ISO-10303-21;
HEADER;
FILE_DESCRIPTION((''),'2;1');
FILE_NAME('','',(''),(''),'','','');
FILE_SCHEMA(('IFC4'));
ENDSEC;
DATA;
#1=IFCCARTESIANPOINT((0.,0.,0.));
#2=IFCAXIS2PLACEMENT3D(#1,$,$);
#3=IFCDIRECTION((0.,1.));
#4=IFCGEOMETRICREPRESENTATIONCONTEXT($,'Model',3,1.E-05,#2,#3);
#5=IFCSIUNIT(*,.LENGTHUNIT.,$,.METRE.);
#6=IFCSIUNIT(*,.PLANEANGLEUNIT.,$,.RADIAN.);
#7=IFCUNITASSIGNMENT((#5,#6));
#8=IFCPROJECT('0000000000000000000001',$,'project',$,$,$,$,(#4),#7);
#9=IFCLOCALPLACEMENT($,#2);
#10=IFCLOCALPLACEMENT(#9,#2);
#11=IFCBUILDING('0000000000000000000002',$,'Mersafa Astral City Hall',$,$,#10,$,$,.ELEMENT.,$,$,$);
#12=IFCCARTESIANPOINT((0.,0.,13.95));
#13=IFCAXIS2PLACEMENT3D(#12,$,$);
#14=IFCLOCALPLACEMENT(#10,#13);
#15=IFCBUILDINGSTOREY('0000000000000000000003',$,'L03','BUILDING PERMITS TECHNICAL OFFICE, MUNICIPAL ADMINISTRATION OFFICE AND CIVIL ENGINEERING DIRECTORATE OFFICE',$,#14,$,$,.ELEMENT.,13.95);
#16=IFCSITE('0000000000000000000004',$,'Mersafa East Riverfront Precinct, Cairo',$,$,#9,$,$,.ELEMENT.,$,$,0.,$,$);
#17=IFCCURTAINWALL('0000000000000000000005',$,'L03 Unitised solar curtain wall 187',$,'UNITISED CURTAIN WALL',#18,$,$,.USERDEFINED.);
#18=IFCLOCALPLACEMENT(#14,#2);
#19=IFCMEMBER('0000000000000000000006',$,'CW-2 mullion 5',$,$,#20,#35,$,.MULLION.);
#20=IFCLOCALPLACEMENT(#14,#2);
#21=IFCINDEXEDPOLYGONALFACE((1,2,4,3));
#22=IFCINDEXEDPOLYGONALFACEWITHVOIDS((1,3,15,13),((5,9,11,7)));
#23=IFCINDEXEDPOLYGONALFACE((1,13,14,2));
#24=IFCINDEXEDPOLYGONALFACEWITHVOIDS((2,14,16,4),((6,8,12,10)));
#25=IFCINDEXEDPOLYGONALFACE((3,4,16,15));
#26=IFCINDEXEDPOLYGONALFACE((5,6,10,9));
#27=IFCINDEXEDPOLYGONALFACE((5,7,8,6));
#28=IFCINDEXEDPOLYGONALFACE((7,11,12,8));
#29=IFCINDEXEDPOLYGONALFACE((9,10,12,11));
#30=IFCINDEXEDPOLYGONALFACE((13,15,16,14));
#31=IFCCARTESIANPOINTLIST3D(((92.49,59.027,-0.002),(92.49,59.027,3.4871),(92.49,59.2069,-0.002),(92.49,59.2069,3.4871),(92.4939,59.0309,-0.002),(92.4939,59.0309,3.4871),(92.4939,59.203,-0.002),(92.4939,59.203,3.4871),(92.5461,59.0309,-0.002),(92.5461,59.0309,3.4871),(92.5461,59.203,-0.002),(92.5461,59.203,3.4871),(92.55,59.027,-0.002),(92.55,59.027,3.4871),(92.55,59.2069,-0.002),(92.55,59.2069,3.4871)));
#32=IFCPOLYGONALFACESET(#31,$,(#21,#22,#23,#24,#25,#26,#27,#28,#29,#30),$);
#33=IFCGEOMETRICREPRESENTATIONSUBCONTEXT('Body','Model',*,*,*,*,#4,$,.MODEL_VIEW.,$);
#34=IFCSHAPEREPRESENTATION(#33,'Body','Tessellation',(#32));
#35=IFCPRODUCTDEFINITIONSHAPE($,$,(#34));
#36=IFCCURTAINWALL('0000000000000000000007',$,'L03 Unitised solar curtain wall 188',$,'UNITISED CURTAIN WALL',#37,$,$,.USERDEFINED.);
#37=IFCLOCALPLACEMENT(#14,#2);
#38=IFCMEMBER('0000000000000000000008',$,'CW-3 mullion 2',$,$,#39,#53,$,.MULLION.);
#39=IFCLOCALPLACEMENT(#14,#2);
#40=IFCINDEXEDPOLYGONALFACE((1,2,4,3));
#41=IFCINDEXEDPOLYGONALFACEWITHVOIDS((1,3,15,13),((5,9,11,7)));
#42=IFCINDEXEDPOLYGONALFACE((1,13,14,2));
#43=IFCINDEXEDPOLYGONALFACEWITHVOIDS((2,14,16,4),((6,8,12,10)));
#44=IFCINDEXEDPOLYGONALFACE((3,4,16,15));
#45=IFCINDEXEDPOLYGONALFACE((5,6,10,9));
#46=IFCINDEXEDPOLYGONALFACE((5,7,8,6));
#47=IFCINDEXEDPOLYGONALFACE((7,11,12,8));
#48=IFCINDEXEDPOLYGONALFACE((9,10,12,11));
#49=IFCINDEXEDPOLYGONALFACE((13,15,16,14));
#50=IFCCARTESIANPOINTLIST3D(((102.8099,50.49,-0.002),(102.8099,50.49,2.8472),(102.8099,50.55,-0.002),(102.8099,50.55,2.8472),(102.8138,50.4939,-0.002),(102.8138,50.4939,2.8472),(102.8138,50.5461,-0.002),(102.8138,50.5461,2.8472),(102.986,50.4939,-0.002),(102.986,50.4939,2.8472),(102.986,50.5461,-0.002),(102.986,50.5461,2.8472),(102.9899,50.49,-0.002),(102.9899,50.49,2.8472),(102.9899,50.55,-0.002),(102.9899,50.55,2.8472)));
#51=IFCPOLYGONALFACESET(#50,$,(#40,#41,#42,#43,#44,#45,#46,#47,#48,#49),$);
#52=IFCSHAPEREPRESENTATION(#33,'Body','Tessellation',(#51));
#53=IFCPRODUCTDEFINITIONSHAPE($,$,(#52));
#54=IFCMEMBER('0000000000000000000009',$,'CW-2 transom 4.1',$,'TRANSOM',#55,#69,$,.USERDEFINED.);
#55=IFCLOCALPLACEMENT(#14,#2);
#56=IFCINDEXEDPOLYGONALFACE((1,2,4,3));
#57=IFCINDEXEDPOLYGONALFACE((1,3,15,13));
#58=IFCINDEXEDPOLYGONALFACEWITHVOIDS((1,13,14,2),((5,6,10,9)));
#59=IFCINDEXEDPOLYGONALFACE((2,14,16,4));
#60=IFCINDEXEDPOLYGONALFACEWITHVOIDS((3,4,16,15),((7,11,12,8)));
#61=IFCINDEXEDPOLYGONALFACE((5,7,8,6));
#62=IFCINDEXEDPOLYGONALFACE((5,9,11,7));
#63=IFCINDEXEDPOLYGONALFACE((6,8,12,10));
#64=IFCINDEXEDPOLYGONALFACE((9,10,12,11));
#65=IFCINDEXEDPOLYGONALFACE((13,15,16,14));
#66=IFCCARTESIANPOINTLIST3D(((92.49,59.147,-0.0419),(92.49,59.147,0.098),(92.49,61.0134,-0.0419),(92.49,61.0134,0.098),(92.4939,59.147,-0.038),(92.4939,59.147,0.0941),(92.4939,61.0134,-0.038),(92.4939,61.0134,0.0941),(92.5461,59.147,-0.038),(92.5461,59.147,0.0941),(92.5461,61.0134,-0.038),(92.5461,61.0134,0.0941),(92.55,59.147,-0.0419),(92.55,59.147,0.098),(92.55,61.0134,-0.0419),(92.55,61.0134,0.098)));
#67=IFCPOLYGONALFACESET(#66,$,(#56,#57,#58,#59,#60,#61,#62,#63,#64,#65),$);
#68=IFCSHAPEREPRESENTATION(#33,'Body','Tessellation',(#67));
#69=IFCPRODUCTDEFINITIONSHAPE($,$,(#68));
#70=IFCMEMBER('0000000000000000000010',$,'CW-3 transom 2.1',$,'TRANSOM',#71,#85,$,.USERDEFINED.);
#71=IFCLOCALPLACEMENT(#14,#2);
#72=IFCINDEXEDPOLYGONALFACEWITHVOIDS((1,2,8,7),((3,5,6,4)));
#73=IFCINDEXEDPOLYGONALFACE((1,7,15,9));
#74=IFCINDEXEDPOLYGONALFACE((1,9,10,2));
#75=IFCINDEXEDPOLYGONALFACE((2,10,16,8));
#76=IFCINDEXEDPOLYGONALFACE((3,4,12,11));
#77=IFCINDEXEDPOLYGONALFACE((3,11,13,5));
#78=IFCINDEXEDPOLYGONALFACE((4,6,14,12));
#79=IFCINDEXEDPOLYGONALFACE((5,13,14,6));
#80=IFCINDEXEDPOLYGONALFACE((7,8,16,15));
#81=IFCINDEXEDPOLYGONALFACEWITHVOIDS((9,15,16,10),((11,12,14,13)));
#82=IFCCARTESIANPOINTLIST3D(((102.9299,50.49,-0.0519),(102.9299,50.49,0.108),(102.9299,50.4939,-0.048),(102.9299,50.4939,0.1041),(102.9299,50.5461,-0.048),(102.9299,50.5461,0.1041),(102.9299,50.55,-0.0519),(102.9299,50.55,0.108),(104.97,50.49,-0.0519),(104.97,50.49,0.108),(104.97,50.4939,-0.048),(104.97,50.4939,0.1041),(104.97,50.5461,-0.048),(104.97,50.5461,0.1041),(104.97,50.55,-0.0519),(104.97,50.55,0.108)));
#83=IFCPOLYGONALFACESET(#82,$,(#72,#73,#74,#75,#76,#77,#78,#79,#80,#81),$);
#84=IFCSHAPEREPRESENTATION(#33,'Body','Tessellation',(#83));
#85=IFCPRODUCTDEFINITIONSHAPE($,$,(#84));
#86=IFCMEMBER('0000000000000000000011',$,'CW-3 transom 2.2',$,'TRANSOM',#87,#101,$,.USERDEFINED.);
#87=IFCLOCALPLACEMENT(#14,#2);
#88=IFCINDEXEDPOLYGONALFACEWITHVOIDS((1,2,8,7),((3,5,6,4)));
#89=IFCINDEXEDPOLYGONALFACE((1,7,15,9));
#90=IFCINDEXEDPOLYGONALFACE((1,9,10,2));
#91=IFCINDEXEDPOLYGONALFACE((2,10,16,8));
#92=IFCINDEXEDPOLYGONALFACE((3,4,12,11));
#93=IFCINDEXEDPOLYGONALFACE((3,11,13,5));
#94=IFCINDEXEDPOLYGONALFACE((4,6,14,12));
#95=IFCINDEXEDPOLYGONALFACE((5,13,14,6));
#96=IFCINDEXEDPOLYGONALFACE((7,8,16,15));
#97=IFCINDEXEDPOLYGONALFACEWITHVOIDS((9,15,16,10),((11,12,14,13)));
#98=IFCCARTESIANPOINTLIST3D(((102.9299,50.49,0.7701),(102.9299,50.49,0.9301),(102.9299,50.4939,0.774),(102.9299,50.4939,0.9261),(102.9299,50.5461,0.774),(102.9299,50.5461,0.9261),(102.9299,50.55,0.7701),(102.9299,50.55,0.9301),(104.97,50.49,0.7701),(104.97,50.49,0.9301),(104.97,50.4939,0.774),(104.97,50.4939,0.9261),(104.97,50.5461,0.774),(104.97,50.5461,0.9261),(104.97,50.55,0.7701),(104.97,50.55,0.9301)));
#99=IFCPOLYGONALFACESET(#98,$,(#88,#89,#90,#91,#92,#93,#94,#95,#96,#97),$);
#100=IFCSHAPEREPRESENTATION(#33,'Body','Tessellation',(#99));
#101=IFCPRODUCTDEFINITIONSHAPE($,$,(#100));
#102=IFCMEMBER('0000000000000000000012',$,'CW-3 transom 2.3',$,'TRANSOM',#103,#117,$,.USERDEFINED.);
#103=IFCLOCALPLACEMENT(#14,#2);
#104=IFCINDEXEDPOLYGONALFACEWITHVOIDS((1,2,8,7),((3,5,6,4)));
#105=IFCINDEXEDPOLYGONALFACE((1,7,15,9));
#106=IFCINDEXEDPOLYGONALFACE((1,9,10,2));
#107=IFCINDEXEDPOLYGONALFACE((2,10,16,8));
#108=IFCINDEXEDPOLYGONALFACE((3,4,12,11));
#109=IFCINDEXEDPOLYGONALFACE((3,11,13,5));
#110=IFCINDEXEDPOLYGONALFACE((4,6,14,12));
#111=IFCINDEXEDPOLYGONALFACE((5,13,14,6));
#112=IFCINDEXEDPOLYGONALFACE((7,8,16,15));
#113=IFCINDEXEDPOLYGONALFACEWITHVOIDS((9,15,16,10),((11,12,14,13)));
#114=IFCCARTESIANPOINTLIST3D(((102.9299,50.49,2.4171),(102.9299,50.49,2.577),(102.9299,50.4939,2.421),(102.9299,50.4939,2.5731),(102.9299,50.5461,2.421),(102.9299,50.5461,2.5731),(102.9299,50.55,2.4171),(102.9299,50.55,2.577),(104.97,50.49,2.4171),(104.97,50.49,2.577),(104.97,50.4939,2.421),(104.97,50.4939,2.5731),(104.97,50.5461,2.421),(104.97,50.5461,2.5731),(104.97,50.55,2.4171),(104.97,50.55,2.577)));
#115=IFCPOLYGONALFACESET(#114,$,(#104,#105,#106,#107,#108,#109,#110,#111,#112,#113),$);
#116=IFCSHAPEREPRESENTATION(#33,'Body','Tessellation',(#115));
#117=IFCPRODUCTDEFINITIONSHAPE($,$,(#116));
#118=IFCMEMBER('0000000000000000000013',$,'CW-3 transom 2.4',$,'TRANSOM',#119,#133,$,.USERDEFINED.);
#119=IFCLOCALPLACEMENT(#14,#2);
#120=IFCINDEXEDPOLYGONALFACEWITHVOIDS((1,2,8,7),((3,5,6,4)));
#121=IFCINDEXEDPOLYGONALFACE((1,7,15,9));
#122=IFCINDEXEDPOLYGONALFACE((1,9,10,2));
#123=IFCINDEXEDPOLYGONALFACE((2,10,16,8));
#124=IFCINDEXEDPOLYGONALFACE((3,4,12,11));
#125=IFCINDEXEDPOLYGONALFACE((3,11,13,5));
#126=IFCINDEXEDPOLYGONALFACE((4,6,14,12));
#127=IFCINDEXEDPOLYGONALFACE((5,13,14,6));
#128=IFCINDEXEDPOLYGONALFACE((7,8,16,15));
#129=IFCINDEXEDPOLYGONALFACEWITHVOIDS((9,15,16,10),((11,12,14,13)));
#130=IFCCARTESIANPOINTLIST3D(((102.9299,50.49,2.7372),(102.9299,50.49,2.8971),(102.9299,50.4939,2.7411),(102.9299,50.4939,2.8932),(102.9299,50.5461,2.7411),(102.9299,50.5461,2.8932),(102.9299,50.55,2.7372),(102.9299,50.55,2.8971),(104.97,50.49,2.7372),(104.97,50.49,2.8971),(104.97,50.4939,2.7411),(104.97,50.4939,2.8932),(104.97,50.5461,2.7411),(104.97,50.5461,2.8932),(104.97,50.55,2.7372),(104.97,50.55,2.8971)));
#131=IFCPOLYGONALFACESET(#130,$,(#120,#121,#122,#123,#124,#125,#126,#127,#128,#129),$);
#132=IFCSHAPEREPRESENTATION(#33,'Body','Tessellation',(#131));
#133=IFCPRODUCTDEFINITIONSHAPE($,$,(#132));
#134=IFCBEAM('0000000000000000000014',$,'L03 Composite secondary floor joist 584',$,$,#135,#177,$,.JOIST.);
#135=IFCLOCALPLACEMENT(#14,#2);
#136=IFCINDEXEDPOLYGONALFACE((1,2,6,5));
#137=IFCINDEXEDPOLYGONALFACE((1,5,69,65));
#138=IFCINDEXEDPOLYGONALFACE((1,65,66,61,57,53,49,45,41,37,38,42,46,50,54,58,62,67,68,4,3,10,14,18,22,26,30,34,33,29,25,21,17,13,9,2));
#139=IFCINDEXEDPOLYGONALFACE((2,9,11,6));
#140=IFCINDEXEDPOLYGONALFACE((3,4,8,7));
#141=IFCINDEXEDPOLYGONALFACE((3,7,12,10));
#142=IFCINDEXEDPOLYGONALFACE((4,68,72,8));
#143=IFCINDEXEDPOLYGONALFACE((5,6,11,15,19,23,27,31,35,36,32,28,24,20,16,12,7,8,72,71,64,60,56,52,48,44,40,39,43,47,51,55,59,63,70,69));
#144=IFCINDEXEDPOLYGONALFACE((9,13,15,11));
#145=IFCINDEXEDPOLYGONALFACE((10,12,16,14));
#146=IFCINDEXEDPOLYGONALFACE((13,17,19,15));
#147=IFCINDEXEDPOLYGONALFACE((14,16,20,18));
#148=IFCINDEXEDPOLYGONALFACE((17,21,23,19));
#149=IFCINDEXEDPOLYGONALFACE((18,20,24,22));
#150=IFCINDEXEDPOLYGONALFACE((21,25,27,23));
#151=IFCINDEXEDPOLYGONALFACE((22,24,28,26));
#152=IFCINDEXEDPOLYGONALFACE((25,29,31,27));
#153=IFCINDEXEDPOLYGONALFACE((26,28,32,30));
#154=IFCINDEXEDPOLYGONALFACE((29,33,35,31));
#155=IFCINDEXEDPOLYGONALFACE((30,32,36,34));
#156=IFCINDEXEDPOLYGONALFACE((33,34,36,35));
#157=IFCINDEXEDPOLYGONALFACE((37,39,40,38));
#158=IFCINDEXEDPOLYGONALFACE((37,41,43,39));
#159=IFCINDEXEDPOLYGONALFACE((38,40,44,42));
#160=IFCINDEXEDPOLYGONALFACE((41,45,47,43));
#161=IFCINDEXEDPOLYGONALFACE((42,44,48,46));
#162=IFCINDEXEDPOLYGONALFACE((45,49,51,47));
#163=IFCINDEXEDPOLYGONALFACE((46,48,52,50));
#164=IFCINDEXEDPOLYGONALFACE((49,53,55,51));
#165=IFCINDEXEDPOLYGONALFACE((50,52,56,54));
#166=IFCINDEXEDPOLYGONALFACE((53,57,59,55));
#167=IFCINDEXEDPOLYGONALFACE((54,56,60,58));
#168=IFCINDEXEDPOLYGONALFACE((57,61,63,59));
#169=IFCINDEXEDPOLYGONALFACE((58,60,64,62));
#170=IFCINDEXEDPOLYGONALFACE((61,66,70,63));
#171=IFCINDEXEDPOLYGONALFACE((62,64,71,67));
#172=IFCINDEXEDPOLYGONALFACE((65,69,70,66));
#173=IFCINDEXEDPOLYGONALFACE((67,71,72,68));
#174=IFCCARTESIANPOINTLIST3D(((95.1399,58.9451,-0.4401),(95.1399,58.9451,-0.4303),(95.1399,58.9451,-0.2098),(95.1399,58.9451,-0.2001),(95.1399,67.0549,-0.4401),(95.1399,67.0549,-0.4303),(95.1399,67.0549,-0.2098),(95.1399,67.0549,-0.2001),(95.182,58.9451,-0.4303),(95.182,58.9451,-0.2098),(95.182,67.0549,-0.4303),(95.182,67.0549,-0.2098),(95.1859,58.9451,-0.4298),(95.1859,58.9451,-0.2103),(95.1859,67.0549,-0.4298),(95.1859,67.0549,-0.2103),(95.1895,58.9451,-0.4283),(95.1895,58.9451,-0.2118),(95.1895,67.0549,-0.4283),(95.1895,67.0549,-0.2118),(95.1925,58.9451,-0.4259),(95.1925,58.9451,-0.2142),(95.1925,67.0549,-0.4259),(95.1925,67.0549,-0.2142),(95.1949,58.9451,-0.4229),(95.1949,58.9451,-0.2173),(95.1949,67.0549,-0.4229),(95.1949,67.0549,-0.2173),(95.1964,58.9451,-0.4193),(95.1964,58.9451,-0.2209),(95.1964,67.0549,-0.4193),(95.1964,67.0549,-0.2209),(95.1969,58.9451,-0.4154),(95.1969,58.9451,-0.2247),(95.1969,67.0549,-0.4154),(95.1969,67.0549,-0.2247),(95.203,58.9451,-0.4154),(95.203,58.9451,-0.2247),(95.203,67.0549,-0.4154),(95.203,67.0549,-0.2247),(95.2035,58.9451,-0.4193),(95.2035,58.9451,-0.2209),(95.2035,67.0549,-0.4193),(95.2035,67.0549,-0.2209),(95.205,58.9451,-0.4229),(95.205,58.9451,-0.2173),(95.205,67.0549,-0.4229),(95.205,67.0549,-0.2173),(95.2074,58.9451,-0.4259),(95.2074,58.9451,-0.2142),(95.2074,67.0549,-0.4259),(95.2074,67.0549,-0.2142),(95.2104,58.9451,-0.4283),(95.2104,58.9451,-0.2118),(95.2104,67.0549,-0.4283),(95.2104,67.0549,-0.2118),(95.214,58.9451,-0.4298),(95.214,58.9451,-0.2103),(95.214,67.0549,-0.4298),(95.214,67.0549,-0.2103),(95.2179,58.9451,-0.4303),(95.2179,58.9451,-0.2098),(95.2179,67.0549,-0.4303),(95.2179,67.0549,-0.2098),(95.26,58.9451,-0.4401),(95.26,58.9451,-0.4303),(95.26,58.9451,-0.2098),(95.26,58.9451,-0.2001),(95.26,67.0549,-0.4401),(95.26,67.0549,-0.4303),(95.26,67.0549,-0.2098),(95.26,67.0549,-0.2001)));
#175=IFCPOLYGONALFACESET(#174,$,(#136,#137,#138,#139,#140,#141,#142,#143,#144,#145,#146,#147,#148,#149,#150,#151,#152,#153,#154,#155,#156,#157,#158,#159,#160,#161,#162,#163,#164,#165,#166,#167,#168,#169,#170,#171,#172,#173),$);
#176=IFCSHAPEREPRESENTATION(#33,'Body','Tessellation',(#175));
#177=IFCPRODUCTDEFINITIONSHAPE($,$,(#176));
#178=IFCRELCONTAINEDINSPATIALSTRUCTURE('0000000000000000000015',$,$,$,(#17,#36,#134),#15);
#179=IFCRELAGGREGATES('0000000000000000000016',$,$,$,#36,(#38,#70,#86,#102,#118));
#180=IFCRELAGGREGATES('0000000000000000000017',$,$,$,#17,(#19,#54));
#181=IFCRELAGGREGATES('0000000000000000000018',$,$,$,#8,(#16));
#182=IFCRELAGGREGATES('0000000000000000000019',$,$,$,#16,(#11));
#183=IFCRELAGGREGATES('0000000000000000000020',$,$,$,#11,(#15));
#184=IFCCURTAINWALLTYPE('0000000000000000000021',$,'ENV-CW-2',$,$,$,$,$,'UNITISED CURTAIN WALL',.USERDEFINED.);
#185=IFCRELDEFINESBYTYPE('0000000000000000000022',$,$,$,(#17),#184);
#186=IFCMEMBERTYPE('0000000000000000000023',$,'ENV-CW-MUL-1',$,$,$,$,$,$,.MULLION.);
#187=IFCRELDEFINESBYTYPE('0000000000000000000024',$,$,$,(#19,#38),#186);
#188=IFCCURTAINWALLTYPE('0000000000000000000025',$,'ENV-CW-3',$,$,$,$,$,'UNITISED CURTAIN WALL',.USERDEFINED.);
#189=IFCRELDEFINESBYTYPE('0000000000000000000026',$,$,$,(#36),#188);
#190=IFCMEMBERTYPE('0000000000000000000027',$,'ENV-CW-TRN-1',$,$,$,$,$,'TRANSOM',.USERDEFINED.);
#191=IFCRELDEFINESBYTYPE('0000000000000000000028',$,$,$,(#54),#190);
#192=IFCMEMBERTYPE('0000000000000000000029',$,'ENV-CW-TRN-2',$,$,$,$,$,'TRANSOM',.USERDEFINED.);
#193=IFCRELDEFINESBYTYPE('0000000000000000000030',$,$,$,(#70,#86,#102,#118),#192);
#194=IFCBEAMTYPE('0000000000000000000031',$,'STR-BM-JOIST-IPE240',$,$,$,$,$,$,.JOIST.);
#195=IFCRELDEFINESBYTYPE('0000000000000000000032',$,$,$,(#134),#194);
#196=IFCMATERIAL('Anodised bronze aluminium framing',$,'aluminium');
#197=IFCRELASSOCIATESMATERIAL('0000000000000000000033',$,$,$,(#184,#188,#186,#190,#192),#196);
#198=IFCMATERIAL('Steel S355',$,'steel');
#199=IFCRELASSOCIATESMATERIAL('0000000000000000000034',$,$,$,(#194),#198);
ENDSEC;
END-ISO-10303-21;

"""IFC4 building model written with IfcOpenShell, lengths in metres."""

from ifc_helpers import new_model, si_unit, direction, frame, origin, origin_2d, place, context, subcontext, project, spatial, hollow_rectangle, i_section, extrude, material, material_profile, profile_set, type_object, element, aggregate, save


model = new_model("IFC4")

# Units and contexts
model_context = context("Model", 3, precision=1e-05, world=origin(), true_north=direction((0.0, 1.0)))
body_context = subcontext(model_context, "Body", "Model", "MODEL_VIEW")
ifc_project = project(units=[si_unit("LENGTHUNIT", "METRE"), si_unit("PLANEANGLEUNIT", "RADIAN")], contexts=[model_context])

# Site, building, storey
site_placement = place(None, origin())
site = spatial("IfcSite", under=ifc_project, at=site_placement, Name="Mersafa East Riverfront Precinct, Cairo", CompositionType="ELEMENT", RefElevation=0.0)
building_placement = place(site_placement, origin())
building = spatial("IfcBuilding", under=site, at=building_placement, Name="Mersafa Astral City Hall", CompositionType="ELEMENT")
storey_placement = place(building_placement, frame((0.0, 0.0, 13.95)))
storey = spatial("IfcBuildingStorey", under=building, at=storey_placement, Name="L03", Description="BUILDING PERMITS TECHNICAL OFFICE, MUNICIPAL ADMINISTRATION OFFICE AND CIVIL ENGINEERING DIRECTORATE OFFICE", CompositionType="ELEMENT", Elevation=13.95)

# Curtain walls, members
ifc_material_1 = material(Name="Anodised bronze aluminium framing", Category="aluminium")
curtain_wall_type_1 = type_object("IfcCurtainWallType", Name="ENV-CW-2", ElementType="UNITISED CURTAIN WALL", PredefinedType="USERDEFINED", material=ifc_material_1)
curtain_wall_1_placement = place(storey_placement, origin())
curtain_wall_1 = element("IfcCurtainWall", 1, at=curtain_wall_1_placement, inside=storey, type_object=curtain_wall_type_1, Name="L03 Unitised solar curtain wall 187", ObjectType="UNITISED CURTAIN WALL", PredefinedType="USERDEFINED")
ifc_material_profile_1 = material_profile(ifc_material_1, hollow_rectangle(XDim=0.0601, YDim=0.1799, WallThickness=0.0039, at=origin_2d()), Name="RHS 60x180x4")
ifc_profile_set_1 = profile_set([ifc_material_profile_1], Name="Anodised bronze aluminium framing")
member_type_1 = type_object("IfcMemberType", Name="ENV-CW-MUL-1", PredefinedType="MULLION", material=ifc_profile_set_1)
member_1_placement = place(storey_placement, frame((92.52, 59.1169, -0.002), z_axis=(0.0, 0.0, 1.0), x_axis=(1.0, 0.0, 0.0)))
member_1 = element("IfcMember", 2, at=member_1_placement, type_object=member_type_1, Name="CW-2 mullion 5", PredefinedType="MULLION", context=body_context, shape_type="SweptSolid", body=[
    extrude(hollow_rectangle(XDim=0.0601, YDim=0.1799, WallThickness=0.0039, at=origin_2d()), origin(), (0.0, 0.0, 1.0), 3.489),
])
curtain_wall_type_2 = type_object("IfcCurtainWallType", Name="ENV-CW-3", ElementType="UNITISED CURTAIN WALL", PredefinedType="USERDEFINED", material=ifc_material_1)
curtain_wall_2_placement = place(storey_placement, origin())
curtain_wall_2 = element("IfcCurtainWall", 3, at=curtain_wall_2_placement, inside=storey, type_object=curtain_wall_type_2, Name="L03 Unitised solar curtain wall 188", ObjectType="UNITISED CURTAIN WALL", PredefinedType="USERDEFINED")
member_2_placement = place(storey_placement, frame((102.8999, 50.52, -0.002), z_axis=(0.0, 0.0, 1.0), x_axis=(0.0, 1.0, 0.0)))
member_2 = element("IfcMember", 4, at=member_2_placement, type_object=member_type_1, Name="CW-3 mullion 2", PredefinedType="MULLION", context=body_context, shape_type="SweptSolid", body=[
    extrude(hollow_rectangle(XDim=0.0601, YDim=0.1799, WallThickness=0.0039, at=origin_2d()), origin(), (0.0, 0.0, 1.0), 2.8491),
])

# Members
ifc_material_profile_2 = material_profile(ifc_material_1, hollow_rectangle(XDim=0.0601, YDim=0.1399, WallThickness=0.0039, at=origin_2d()), Name="RHS 60x140x4")
ifc_profile_set_2 = profile_set([ifc_material_profile_2], Name="Anodised bronze aluminium framing")
member_type_2 = type_object("IfcMemberType", Name="ENV-CW-TRN-1", ElementType="TRANSOM", PredefinedType="USERDEFINED", material=ifc_profile_set_2)
member_3_placement = place(storey_placement, frame((92.52, 61.0134, 0.0281), z_axis=(0.0, -1.0, 0.0), x_axis=(1.0, 0.0, 0.0)))
member_3 = element("IfcMember", 5, at=member_3_placement, type_object=member_type_2, Name="CW-2 transom 4.1", ObjectType="TRANSOM", PredefinedType="USERDEFINED", context=body_context, shape_type="SweptSolid", body=[
    extrude(hollow_rectangle(XDim=0.0601, YDim=0.1399, WallThickness=0.0039, at=origin_2d()), origin(), (0.0, 0.0, 1.0), 1.8665),
])
ifc_material_profile_3 = material_profile(ifc_material_1, hollow_rectangle(XDim=0.0601, YDim=0.1599, WallThickness=0.0039, at=origin_2d()), Name="RHS 60x160x4")
ifc_profile_set_3 = profile_set([ifc_material_profile_3], Name="Anodised bronze aluminium framing")
member_type_3 = type_object("IfcMemberType", Name="ENV-CW-TRN-2", ElementType="TRANSOM", PredefinedType="USERDEFINED", material=ifc_profile_set_3)
member_4_placement = place(storey_placement, frame((102.9299, 50.52, 0.0281), z_axis=(1.0, 0.0, 0.0), x_axis=(0.0, 1.0, 0.0)))
member_4 = element("IfcMember", 6, at=member_4_placement, type_object=member_type_3, Name="CW-3 transom 2.1", ObjectType="TRANSOM", PredefinedType="USERDEFINED", context=body_context, shape_type="SweptSolid", body=[
    extrude(hollow_rectangle(XDim=0.0601, YDim=0.1599, WallThickness=0.0039, at=origin_2d()), origin(), (0.0, 0.0, 1.0), 2.04),
])
member_5_placement = place(storey_placement, frame((102.9299, 50.52, 0.8501), z_axis=(1.0, 0.0, 0.0), x_axis=(0.0, 1.0, 0.0)))
member_5 = element("IfcMember", 7, at=member_5_placement, type_object=member_type_3, Name="CW-3 transom 2.2", ObjectType="TRANSOM", PredefinedType="USERDEFINED", context=body_context, shape_type="SweptSolid", body=[
    extrude(hollow_rectangle(XDim=0.0601, YDim=0.1599, WallThickness=0.0039, at=origin_2d()), origin(), (0.0, 0.0, 1.0), 2.04),
])
member_6_placement = place(storey_placement, frame((102.9299, 50.52, 2.4971), z_axis=(1.0, 0.0, 0.0), x_axis=(0.0, 1.0, 0.0)))
member_6 = element("IfcMember", 8, at=member_6_placement, type_object=member_type_3, Name="CW-3 transom 2.3", ObjectType="TRANSOM", PredefinedType="USERDEFINED", context=body_context, shape_type="SweptSolid", body=[
    extrude(hollow_rectangle(XDim=0.0601, YDim=0.1599, WallThickness=0.0039, at=origin_2d()), origin(), (0.0, 0.0, 1.0), 2.04),
])
member_7_placement = place(storey_placement, frame((102.9299, 50.52, 2.8171), z_axis=(1.0, 0.0, 0.0), x_axis=(0.0, 1.0, 0.0)))
member_7 = element("IfcMember", 9, at=member_7_placement, type_object=member_type_3, Name="CW-3 transom 2.4", ObjectType="TRANSOM", PredefinedType="USERDEFINED", context=body_context, shape_type="SweptSolid", body=[
    extrude(hollow_rectangle(XDim=0.0601, YDim=0.1599, WallThickness=0.0039, at=origin_2d()), origin(), (0.0, 0.0, 1.0), 2.04),
])

# Beam
ifc_material_2 = material(Name="Steel S355", Category="steel")
ifc_material_profile_4 = material_profile(ifc_material_2, i_section(OverallWidth=0.1201, OverallDepth=0.24, WebThickness=0.0061, FlangeThickness=0.0098, FilletRadius=0.0149, at=origin_2d()), Name="IPE 240")
ifc_profile_set_4 = profile_set([ifc_material_profile_4], Name="Steel S355")
beam_type_1 = type_object("IfcBeamType", Name="STR-BM-JOIST-IPE240", PredefinedType="JOIST", material=ifc_profile_set_4)
for number, where, z_axis, x_axis, name in (
    (10, (95.2, 58.9451, -0.3201), (0.0, 1.0, 0.0), (-1.0, 0.0, 0.0), "L03 Composite secondary floor joist 584"),
):
    element("IfcBeam", number, at=place(storey_placement, frame(where, z_axis=z_axis, x_axis=x_axis)), inside=storey, type_object=beam_type_1, Name=name, PredefinedType="JOIST", context=body_context, shape_type="SweptSolid", body=[
        extrude(i_section(OverallWidth=0.1201, OverallDepth=0.24, WebThickness=0.0061, FlangeThickness=0.0098, FilletRadius=0.0149, at=origin_2d()), origin(), (0.0, 0.0, 1.0), 8.1099),
    ])

aggregate(curtain_wall_2, [member_2, member_4, member_5, member_6, member_7])
aggregate(curtain_wall_1, [member_1, member_3])

save(model, "model.ifc")
